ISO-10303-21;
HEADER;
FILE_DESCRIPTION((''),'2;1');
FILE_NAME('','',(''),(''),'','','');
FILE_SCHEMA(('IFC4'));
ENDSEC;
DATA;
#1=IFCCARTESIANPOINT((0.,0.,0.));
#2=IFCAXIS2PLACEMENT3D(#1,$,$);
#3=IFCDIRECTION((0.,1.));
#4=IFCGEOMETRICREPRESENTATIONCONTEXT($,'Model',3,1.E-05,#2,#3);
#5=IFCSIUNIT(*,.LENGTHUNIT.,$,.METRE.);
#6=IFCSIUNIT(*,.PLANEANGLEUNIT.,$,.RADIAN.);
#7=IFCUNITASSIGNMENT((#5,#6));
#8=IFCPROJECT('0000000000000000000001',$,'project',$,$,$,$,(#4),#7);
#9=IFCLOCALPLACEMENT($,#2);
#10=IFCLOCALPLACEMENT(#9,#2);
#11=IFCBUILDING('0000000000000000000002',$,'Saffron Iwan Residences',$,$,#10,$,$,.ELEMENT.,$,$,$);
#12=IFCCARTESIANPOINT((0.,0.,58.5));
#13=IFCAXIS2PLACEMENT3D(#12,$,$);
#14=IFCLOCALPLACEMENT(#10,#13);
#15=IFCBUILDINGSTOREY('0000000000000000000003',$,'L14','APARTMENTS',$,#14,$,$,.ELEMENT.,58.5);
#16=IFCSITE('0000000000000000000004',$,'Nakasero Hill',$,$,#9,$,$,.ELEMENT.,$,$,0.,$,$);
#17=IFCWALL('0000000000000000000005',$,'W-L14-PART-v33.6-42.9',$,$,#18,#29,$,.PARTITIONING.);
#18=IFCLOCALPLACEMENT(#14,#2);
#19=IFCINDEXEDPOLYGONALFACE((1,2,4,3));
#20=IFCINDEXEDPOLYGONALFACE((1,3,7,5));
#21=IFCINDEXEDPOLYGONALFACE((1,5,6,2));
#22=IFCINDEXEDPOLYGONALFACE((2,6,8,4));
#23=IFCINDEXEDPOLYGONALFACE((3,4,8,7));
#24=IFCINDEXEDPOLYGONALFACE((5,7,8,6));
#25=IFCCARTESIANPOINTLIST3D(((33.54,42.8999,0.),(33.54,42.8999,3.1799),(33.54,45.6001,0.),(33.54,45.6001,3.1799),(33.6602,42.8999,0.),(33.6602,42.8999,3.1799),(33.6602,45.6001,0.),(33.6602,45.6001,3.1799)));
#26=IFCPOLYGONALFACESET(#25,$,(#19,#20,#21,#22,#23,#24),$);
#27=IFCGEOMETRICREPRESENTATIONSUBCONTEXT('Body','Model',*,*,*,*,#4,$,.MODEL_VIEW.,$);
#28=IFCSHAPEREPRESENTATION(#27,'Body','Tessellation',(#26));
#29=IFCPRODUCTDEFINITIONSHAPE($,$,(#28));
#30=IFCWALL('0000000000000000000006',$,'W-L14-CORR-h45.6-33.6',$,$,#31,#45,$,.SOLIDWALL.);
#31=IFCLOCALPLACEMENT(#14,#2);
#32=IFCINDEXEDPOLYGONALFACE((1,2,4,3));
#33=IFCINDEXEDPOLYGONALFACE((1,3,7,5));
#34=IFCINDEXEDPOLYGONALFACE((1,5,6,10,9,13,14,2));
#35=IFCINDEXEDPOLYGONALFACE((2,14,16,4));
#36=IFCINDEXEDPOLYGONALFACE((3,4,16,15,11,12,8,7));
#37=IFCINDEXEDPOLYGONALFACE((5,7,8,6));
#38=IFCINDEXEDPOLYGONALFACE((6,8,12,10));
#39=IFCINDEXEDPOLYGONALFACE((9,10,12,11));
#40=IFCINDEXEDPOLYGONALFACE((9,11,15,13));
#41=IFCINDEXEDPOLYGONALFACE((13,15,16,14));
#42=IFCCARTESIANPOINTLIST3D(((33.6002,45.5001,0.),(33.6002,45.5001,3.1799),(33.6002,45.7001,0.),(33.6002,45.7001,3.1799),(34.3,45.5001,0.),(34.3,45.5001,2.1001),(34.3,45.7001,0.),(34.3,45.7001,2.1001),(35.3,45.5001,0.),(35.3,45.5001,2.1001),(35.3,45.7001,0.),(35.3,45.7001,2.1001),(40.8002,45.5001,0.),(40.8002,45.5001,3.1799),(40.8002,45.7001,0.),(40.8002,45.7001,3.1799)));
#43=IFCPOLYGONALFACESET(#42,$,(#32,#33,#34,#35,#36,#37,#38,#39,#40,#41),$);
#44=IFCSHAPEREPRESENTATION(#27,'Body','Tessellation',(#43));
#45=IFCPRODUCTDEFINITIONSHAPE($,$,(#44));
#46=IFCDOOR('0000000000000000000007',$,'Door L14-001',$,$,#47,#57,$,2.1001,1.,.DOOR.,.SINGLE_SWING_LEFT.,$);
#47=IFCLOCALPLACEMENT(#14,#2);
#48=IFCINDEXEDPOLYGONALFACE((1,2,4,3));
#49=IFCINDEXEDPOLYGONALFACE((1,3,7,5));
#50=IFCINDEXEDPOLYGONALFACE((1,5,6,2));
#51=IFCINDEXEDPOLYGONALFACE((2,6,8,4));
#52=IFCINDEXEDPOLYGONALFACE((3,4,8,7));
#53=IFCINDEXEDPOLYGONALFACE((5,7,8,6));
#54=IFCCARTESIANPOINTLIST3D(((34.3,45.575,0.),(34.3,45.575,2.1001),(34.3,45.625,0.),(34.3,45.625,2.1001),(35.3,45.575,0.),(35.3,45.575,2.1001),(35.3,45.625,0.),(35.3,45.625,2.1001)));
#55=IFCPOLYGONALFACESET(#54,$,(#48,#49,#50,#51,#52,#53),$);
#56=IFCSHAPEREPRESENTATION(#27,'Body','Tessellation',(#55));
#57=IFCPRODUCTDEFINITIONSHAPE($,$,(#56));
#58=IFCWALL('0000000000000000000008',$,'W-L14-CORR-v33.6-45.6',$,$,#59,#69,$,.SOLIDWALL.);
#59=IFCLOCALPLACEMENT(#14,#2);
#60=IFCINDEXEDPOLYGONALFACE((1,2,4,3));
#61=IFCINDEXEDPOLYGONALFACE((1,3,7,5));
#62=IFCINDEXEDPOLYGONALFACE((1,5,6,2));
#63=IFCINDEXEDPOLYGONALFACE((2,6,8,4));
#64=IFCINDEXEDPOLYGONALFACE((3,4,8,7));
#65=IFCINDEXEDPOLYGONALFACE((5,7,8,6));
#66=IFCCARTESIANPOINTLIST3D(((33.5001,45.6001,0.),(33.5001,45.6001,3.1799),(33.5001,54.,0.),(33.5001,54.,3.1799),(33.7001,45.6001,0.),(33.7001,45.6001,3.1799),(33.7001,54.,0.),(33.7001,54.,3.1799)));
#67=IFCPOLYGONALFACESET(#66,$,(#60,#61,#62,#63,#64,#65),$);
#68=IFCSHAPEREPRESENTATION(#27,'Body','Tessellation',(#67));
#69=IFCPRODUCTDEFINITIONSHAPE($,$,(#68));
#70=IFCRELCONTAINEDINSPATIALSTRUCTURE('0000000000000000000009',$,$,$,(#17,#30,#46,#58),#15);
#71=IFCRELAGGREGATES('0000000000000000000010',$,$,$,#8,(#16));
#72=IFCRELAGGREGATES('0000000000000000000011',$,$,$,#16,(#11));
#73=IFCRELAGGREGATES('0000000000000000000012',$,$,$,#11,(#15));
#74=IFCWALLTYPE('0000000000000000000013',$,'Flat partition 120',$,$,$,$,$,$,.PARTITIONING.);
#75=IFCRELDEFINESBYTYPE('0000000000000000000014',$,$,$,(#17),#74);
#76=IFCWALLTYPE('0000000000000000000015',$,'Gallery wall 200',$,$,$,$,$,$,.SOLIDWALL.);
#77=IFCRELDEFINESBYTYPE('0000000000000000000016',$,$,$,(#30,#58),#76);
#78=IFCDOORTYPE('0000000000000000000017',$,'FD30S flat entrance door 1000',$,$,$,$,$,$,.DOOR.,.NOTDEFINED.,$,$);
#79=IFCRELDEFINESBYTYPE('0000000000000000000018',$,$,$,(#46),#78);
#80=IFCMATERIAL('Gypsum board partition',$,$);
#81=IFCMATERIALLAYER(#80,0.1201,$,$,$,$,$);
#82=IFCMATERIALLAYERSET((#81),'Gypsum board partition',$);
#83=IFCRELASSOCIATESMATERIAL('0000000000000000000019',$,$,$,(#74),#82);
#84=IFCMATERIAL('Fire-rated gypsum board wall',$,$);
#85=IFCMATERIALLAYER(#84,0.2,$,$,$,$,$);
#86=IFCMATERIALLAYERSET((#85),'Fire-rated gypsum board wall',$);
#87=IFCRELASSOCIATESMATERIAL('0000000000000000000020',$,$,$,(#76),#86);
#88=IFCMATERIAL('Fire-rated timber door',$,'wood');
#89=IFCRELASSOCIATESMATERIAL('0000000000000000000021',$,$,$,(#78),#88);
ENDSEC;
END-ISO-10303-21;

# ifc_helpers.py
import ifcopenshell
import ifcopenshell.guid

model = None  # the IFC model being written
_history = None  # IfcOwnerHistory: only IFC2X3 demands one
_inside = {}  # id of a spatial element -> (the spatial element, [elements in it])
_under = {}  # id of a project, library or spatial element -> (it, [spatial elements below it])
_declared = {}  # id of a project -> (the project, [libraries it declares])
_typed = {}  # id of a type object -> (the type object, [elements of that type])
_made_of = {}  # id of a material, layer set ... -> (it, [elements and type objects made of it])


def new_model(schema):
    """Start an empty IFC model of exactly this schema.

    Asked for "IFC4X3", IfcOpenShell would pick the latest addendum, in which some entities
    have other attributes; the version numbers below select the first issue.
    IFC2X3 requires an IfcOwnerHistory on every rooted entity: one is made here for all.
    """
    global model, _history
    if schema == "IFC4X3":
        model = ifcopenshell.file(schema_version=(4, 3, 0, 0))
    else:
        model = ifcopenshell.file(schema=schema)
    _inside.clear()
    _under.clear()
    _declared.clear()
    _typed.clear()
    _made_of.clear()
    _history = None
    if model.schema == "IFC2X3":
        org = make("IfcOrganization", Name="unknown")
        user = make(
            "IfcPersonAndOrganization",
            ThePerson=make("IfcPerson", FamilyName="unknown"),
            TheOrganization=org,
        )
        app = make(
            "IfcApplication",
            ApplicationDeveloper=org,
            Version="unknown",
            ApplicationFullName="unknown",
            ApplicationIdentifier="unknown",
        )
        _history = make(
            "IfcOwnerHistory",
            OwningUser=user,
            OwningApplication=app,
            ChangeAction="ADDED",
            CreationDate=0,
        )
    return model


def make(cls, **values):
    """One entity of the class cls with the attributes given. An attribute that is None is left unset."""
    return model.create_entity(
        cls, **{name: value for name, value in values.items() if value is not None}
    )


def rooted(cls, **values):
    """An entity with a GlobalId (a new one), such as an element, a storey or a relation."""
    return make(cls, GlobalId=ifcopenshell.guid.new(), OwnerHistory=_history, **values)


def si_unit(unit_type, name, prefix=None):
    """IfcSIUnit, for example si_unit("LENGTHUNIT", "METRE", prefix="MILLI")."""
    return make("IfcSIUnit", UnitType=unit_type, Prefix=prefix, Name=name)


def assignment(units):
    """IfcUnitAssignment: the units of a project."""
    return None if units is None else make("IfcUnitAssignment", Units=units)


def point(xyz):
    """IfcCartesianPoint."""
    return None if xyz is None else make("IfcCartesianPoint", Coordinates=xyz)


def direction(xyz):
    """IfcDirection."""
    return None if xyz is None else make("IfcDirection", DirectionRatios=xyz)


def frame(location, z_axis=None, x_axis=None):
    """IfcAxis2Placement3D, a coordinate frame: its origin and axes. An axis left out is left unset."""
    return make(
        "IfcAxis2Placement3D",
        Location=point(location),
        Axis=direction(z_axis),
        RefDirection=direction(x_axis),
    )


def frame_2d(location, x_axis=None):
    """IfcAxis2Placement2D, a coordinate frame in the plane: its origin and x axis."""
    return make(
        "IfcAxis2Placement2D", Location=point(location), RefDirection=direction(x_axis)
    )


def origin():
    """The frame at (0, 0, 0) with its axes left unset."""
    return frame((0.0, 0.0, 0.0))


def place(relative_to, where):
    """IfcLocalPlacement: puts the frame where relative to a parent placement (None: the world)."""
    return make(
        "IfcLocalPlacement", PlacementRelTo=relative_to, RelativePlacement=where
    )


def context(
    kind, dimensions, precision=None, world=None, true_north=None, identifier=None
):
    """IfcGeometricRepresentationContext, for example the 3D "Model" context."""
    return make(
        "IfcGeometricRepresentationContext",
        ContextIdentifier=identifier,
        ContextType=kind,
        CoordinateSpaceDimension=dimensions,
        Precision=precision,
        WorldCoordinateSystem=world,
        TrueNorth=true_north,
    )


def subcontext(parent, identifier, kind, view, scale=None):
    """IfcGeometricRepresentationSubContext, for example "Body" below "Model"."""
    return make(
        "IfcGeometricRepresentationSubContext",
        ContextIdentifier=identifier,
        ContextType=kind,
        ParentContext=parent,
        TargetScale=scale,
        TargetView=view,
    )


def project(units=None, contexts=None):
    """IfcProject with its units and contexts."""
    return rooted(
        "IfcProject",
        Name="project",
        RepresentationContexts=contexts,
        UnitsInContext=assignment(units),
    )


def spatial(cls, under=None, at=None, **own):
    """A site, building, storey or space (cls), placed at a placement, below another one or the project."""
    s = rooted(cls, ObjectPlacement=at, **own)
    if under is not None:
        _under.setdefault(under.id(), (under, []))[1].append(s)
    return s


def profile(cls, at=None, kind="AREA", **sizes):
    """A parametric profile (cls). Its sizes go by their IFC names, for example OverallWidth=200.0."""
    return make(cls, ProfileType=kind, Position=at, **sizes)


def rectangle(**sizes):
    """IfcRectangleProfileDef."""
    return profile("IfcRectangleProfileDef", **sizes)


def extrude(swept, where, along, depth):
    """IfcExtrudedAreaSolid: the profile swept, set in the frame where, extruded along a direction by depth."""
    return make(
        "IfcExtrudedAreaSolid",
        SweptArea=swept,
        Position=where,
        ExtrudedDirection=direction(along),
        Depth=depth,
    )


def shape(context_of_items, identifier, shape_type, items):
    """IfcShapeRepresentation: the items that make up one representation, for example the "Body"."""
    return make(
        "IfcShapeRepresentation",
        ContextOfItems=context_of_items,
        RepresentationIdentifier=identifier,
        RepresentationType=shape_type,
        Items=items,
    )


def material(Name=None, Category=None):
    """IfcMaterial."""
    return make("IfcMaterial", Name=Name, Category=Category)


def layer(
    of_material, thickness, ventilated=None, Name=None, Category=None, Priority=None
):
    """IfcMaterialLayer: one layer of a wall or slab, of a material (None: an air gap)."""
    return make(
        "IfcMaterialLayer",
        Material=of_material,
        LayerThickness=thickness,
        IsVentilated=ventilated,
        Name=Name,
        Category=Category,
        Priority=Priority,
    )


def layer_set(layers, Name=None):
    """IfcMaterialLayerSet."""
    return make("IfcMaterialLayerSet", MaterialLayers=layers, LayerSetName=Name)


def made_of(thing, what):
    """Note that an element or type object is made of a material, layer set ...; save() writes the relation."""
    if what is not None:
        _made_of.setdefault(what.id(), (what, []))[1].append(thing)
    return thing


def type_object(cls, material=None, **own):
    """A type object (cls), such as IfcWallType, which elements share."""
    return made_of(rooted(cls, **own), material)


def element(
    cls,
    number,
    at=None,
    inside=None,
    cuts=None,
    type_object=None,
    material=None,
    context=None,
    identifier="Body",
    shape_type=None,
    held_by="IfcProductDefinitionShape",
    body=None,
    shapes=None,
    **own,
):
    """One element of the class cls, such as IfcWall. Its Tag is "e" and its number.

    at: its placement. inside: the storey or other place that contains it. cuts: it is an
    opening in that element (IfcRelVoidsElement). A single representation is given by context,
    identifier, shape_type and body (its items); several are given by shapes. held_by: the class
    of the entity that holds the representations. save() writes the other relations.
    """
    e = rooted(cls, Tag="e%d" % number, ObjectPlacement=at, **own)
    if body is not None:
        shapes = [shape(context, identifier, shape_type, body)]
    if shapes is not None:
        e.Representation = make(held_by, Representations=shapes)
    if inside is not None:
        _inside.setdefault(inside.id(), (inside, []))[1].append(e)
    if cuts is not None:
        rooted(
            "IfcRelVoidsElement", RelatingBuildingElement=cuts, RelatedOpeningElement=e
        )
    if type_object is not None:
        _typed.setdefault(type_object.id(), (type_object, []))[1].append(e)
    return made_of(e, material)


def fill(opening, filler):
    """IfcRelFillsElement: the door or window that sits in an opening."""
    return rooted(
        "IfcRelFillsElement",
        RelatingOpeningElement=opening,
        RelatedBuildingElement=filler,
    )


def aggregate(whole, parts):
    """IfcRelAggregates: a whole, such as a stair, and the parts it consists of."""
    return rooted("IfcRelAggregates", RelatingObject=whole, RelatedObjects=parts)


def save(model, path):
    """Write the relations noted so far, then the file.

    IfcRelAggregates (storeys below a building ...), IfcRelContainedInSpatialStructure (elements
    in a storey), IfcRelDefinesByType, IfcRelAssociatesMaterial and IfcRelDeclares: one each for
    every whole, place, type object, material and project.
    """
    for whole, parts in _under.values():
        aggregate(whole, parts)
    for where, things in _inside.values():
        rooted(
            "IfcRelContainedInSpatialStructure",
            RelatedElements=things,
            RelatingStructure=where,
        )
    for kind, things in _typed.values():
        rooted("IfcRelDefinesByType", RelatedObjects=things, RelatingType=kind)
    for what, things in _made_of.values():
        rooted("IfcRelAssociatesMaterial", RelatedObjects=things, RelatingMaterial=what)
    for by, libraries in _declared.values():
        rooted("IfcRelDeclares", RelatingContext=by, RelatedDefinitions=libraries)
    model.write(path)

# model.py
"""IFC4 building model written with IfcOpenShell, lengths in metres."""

from ifc_helpers import new_model, si_unit, direction, frame, frame_2d, origin, place, context, subcontext, project, spatial, rectangle, extrude, material, layer, layer_set, type_object, element, fill, save


model = new_model("IFC4")

# Units and contexts
model_context = context("Model", 3, precision=1e-05, world=origin(), true_north=direction((0.0, 1.0)))
body_context = subcontext(model_context, "Body", "Model", "MODEL_VIEW")
ifc_project = project(units=[si_unit("LENGTHUNIT", "METRE"), si_unit("PLANEANGLEUNIT", "RADIAN")], contexts=[model_context])

# Site, building, storey
site_placement = place(None, origin())
site = spatial("IfcSite", under=ifc_project, at=site_placement, Name="Nakasero Hill", CompositionType="ELEMENT", RefElevation=0.0)
building_placement = place(site_placement, origin())
building = spatial("IfcBuilding", under=site, at=building_placement, Name="Saffron Iwan Residences", CompositionType="ELEMENT")
storey_placement = place(building_placement, frame((0.0, 0.0, 58.5)))
storey = spatial("IfcBuildingStorey", under=building, at=storey_placement, Name="L14", Description="APARTMENTS", CompositionType="ELEMENT", Elevation=58.5)

# Shared definitions
ifc_material_1 = material(Name="Gypsum board partition")
ifc_layer_1 = layer(ifc_material_1, 0.1201)
ifc_layer_set_1 = layer_set([ifc_layer_1], Name="Gypsum board partition")
wall_type_1 = type_object("IfcWallType", Name="Flat partition 120", PredefinedType="PARTITIONING", material=ifc_layer_set_1)

# Wall
wall_1_placement = place(storey_placement, frame((33.6001, 42.8999, 0.0), z_axis=(0.0, 0.0, 1.0), x_axis=(0.0, 1.0, 0.0)))
element("IfcWall", 1, at=wall_1_placement, inside=storey, type_object=wall_type_1, Name="W-L14-PART-v33.6-42.9", PredefinedType="PARTITIONING", context=body_context, shape_type="SweptSolid", body=[
    extrude(rectangle(XDim=2.7002, YDim=0.1201, at=frame_2d((1.3501, 0.0))), origin(), (0.0, 0.0, 1.0), 3.1799),
])

# Wall, opening, door
ifc_material_2 = material(Name="Fire-rated gypsum board wall")
ifc_layer_2 = layer(ifc_material_2, 0.2)
ifc_layer_set_2 = layer_set([ifc_layer_2], Name="Fire-rated gypsum board wall")
wall_type_2 = type_object("IfcWallType", Name="Gallery wall 200", PredefinedType="SOLIDWALL", material=ifc_layer_set_2)
wall_2_placement = place(storey_placement, frame((33.6001, 45.6001, 0.0), z_axis=(0.0, 0.0, 1.0), x_axis=(1.0, 0.0, 0.0)))
wall_2 = element("IfcWall", 2, at=wall_2_placement, inside=storey, type_object=wall_type_2, Name="W-L14-CORR-h45.6-33.6", PredefinedType="SOLIDWALL", context=body_context, shape_type="SweptSolid", body=[
    extrude(rectangle(XDim=7.2, YDim=0.2, at=frame_2d((3.6001, 0.0))), origin(), (0.0, 0.0, 1.0), 3.1799),
])
opening_1_placement = place(wall_2_placement, frame((0.7, 0.0, 0.0)))
opening_1 = element("IfcOpeningElement", 3, at=opening_1_placement, cuts=wall_2, PredefinedType="OPENING", context=body_context, shape_type="SweptSolid", body=[
    extrude(rectangle(XDim=1.0, YDim=2.1001, at=frame_2d((0.5, 1.05))), frame((0.0, 0.1099, 0.0), z_axis=(0.0, -1.0, 0.0), x_axis=(1.0, 0.0, 0.0)), (0.0, 0.0, 1.0), 0.22),
])
ifc_material_3 = material(Name="Fire-rated timber door", Category="wood")
door_type_1 = type_object("IfcDoorType", Name="FD30S flat entrance door 1000", OperationType="NOTDEFINED", PredefinedType="DOOR", material=ifc_material_3)
door_1_placement = place(opening_1_placement, origin())
door_1 = element("IfcDoor", 4, at=door_1_placement, inside=storey, type_object=door_type_1, Name="Door L14-001", OperationType="SINGLE_SWING_LEFT", OverallHeight=2.1001, OverallWidth=1.0, PredefinedType="DOOR", context=body_context, shape_type="SweptSolid", body=[
    extrude(rectangle(XDim=1.0, YDim=2.1001, at=frame_2d((0.5, 1.05))), frame((0.0, 0.0249, 0.0), z_axis=(0.0, -1.0, 0.0), x_axis=(1.0, 0.0, 0.0)), (0.0, 0.0, 1.0), 0.05),
])
fill(opening_1, door_1)

# Wall
wall_3_placement = place(storey_placement, frame((33.6001, 45.6001, 0.0), z_axis=(0.0, 0.0, 1.0), x_axis=(0.0, 1.0, 0.0)))
element("IfcWall", 5, at=wall_3_placement, inside=storey, type_object=wall_type_2, Name="W-L14-CORR-v33.6-45.6", PredefinedType="SOLIDWALL", context=body_context, shape_type="SweptSolid", body=[
    extrude(rectangle(XDim=8.3999, YDim=0.2, at=frame_2d((4.2, 0.0))), origin(), (0.0, 0.0, 1.0), 3.1799),
])

save(model, "model.ifc")
